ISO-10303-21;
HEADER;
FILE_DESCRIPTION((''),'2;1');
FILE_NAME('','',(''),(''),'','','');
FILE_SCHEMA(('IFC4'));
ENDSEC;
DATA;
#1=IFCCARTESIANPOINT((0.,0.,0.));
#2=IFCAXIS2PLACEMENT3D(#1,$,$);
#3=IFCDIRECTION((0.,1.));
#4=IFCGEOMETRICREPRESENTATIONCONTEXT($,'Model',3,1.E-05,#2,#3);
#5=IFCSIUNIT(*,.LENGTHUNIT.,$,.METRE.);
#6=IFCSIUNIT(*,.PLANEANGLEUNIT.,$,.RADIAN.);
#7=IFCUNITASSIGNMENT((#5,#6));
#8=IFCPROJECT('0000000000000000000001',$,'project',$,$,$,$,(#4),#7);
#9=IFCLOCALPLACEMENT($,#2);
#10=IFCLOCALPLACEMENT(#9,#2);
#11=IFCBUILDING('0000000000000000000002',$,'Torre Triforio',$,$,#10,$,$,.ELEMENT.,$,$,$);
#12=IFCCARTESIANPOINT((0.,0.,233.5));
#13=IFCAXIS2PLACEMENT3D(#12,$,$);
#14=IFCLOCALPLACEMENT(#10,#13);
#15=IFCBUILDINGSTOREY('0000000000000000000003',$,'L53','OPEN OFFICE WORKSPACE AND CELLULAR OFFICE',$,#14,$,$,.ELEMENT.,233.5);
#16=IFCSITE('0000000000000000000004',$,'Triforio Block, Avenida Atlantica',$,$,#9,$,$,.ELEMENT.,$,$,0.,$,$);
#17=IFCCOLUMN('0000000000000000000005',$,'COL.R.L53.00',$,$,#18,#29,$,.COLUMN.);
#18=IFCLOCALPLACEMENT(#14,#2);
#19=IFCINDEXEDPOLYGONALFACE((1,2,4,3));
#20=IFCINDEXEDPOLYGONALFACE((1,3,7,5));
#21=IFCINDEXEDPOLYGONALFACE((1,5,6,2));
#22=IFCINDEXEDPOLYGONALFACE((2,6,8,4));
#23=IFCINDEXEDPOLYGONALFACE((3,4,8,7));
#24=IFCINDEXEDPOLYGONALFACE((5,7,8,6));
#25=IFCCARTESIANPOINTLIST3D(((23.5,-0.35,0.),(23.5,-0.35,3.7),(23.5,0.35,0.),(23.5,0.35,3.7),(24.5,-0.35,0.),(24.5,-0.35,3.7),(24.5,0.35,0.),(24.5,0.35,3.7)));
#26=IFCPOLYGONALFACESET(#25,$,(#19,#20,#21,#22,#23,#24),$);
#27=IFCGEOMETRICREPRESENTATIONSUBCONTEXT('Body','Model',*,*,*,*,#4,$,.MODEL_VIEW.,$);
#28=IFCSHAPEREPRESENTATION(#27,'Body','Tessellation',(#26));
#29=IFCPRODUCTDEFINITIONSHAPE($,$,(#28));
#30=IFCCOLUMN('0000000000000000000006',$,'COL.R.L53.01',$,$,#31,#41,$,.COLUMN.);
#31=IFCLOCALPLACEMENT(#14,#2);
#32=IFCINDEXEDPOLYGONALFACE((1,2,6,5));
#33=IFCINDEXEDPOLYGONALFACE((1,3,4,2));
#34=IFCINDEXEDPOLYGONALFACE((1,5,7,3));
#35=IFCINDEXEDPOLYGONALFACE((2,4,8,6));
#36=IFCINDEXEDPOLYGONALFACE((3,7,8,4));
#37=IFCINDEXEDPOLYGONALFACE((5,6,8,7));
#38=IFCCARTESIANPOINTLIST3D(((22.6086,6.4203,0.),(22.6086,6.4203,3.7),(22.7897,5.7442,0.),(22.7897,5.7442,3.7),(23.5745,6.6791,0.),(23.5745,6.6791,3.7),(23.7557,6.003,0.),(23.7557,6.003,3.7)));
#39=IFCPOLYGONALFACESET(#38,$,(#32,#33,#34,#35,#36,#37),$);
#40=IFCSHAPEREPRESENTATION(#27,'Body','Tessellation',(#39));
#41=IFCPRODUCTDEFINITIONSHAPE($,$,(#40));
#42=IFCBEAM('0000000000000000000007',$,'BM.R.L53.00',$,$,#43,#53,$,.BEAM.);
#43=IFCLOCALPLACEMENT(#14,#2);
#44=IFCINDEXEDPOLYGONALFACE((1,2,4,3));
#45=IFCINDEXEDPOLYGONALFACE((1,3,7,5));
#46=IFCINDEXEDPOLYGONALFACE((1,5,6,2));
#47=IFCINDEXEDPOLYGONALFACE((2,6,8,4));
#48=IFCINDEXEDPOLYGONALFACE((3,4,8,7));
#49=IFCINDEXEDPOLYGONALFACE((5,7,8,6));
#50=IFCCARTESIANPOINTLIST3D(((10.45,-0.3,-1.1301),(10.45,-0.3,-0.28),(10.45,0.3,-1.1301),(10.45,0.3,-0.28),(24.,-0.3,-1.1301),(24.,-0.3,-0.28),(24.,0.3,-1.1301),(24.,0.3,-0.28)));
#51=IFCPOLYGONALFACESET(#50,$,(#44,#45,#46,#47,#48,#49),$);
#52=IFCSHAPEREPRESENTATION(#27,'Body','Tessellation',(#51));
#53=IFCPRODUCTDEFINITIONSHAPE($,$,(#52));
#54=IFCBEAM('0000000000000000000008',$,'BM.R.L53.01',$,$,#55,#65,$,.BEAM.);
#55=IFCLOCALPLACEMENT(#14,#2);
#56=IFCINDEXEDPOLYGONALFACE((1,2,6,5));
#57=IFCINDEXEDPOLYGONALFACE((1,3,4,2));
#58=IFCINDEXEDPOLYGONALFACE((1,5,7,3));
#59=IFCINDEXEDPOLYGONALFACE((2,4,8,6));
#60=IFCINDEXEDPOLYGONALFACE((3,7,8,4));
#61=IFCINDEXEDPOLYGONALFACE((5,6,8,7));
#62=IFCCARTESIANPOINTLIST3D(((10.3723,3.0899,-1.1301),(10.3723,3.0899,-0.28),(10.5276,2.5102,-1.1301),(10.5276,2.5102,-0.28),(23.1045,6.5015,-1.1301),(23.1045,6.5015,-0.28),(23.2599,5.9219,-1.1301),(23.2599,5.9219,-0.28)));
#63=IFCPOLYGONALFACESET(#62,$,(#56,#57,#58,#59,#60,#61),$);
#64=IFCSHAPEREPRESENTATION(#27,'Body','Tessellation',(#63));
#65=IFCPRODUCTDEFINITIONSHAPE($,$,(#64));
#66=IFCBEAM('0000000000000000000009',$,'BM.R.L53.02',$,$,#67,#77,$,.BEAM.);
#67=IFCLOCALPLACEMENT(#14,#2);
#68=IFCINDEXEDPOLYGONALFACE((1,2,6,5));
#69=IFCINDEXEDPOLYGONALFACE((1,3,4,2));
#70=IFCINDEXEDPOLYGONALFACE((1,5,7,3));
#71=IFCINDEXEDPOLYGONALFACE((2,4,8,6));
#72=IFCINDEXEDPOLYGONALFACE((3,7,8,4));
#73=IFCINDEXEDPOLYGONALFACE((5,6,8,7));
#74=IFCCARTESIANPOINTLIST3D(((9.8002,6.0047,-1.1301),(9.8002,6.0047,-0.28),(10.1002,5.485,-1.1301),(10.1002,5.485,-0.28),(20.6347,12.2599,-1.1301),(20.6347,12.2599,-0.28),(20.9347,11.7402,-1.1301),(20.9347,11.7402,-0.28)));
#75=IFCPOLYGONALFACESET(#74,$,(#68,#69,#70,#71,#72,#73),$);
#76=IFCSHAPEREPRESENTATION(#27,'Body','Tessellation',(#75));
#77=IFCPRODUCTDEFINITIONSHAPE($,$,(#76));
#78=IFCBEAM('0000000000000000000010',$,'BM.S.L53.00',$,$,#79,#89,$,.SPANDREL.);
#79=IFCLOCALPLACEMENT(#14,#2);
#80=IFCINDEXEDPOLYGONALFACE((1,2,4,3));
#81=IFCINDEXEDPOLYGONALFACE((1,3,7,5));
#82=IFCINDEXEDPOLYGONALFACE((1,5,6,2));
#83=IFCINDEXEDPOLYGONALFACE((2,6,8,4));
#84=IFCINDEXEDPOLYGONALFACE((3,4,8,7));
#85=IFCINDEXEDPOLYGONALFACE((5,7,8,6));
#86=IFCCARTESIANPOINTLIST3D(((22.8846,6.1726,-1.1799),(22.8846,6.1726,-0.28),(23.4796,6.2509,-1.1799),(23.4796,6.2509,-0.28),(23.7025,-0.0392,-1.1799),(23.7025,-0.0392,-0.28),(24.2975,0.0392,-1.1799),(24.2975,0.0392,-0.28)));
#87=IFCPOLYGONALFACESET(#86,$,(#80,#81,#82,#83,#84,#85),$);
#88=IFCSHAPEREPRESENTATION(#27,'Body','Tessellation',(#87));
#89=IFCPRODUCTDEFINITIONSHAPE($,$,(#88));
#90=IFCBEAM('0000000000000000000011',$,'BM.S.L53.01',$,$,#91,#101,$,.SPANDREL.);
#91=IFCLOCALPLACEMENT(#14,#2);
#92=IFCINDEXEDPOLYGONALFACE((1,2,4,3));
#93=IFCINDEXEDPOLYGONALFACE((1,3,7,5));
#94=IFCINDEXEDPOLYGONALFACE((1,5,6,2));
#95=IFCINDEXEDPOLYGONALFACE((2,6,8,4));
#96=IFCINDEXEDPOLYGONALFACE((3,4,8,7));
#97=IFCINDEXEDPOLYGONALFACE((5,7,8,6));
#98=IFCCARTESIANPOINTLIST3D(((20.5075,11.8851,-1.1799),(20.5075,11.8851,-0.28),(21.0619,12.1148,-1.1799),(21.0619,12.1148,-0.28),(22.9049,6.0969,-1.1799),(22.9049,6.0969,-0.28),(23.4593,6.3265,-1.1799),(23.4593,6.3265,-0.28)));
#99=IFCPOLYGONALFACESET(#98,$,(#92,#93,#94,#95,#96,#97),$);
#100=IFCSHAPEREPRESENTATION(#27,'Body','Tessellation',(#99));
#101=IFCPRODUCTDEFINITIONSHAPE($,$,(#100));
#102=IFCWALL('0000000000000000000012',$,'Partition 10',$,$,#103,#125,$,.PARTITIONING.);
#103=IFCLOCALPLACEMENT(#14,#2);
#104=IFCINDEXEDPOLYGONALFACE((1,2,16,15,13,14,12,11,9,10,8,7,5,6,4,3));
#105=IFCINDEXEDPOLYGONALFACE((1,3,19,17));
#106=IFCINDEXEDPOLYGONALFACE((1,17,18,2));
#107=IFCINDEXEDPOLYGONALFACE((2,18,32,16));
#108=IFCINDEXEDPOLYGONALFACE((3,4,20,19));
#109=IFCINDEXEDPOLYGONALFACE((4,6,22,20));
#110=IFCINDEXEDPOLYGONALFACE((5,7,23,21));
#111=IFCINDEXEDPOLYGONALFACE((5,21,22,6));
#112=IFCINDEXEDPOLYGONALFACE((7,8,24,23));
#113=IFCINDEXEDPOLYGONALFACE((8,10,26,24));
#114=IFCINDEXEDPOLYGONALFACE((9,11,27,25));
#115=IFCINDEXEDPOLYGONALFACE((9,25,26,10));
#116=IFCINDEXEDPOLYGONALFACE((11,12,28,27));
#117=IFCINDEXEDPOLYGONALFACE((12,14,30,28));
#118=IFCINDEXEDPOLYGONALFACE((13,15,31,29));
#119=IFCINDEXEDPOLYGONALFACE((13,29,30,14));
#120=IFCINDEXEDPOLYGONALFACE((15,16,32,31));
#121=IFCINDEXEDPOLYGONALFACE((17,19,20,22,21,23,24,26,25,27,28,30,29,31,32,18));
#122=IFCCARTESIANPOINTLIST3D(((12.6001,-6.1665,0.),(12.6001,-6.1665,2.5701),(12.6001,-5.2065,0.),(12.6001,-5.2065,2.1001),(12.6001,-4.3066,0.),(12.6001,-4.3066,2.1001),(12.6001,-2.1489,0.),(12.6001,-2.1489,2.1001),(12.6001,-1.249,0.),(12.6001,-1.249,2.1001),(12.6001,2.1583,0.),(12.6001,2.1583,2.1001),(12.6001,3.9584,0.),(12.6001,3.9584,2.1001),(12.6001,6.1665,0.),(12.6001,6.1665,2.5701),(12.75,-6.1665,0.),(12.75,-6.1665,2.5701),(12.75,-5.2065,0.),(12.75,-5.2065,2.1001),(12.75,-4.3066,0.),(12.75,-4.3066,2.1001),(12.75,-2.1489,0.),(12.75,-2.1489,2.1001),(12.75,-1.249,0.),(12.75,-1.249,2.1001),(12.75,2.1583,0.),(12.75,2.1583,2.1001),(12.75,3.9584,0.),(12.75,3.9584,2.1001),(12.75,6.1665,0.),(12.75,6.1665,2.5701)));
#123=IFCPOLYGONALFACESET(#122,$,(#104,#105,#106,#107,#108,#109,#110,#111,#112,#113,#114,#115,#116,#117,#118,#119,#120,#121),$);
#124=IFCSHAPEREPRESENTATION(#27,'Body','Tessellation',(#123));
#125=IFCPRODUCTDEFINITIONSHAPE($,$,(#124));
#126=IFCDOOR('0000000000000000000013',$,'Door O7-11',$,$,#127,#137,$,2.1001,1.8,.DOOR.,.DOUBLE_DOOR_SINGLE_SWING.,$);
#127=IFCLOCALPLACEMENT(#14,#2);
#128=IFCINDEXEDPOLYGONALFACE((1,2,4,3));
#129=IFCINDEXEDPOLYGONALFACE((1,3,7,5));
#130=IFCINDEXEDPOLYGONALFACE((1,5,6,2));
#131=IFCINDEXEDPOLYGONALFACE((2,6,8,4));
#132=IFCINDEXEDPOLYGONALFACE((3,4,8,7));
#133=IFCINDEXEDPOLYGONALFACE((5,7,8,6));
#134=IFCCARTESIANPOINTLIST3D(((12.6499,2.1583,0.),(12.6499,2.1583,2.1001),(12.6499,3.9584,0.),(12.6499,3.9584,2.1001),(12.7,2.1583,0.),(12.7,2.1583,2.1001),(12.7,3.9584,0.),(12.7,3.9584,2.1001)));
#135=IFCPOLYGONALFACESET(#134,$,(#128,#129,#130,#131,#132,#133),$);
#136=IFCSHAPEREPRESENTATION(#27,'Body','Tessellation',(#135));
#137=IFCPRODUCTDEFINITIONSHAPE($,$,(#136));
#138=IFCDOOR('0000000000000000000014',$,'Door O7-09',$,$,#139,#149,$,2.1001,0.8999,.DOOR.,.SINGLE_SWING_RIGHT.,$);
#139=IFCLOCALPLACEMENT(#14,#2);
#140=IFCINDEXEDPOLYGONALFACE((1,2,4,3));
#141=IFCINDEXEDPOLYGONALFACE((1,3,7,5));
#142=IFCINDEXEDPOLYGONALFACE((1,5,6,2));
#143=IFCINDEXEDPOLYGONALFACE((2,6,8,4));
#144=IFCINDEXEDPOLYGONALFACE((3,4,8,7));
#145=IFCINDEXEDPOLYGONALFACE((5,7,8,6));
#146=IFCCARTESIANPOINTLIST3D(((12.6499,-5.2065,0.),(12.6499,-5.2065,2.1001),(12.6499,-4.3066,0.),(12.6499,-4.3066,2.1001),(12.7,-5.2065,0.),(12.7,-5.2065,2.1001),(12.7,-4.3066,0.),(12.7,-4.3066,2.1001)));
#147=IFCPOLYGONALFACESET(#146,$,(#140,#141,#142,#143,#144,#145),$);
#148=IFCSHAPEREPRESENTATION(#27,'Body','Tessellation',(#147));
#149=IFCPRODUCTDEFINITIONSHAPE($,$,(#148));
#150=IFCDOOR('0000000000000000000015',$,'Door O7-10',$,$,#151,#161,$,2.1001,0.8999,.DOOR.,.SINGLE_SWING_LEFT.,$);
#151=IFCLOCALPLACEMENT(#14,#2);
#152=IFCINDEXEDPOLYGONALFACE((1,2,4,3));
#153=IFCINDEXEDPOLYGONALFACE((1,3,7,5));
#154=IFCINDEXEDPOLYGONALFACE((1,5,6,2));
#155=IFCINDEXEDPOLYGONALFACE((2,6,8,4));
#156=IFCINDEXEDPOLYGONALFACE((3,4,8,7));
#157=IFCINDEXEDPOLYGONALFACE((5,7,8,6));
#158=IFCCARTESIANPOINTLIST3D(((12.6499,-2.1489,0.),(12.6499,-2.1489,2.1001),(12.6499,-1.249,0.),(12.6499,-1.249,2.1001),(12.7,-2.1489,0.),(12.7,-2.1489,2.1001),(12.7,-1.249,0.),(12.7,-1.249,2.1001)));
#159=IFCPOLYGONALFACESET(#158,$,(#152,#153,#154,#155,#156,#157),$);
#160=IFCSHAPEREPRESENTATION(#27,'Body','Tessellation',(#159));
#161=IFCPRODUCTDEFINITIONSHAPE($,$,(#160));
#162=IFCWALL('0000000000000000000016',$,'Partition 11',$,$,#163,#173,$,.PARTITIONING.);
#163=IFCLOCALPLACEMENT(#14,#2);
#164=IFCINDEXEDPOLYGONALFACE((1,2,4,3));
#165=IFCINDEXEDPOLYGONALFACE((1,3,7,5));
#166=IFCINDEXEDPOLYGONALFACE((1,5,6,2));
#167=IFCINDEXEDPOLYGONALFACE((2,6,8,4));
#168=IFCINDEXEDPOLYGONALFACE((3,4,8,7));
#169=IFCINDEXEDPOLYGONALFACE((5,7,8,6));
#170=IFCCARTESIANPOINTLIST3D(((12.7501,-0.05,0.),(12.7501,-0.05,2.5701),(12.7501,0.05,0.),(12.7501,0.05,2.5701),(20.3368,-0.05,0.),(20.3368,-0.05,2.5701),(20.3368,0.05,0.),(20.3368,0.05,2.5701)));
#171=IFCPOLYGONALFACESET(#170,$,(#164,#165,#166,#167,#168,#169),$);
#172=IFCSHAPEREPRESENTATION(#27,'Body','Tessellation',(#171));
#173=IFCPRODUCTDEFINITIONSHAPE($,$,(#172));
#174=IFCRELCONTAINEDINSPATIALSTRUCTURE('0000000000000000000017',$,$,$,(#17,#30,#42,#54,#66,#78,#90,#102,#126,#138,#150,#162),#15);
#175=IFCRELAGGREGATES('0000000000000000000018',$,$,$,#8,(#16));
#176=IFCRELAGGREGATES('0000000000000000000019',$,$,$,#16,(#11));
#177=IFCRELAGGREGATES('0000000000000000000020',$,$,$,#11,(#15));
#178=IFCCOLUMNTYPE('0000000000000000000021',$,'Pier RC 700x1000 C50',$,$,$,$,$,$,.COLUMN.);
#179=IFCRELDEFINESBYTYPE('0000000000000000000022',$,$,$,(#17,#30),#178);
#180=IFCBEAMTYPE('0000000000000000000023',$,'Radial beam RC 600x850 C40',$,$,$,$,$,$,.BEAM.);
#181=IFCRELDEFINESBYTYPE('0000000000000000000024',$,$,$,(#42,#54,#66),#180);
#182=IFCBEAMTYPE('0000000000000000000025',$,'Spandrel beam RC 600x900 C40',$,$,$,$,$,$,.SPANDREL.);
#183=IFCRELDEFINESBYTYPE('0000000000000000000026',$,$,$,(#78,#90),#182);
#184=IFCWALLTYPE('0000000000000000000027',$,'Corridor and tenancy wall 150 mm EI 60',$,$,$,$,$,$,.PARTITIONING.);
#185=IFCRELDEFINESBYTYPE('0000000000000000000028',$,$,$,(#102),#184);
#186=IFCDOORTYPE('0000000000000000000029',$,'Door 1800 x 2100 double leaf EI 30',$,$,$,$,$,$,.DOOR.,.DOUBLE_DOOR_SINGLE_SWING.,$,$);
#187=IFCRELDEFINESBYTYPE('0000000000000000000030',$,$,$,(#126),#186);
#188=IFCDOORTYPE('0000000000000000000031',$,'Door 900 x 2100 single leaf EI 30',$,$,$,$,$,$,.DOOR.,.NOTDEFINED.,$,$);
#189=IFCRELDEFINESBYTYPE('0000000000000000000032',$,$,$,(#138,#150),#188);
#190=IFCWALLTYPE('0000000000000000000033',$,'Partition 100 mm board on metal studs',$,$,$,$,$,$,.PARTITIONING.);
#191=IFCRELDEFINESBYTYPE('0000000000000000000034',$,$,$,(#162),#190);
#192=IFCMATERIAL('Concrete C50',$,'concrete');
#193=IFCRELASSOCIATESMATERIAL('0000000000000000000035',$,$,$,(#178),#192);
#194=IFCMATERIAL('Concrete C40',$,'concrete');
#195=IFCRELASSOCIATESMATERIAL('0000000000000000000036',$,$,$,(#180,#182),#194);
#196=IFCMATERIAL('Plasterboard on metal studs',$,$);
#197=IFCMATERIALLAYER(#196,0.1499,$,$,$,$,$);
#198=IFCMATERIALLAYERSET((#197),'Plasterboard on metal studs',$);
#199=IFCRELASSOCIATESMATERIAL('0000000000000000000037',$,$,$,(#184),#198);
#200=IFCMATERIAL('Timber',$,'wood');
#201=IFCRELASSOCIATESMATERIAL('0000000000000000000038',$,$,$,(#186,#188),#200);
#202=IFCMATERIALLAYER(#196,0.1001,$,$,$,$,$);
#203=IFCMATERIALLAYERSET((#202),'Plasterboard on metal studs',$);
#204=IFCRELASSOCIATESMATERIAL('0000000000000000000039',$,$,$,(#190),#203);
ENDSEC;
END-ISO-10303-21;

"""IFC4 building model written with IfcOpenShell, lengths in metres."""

from ifc_helpers import new_model, si_unit, direction, frame, frame_2d, origin, origin_2d, place, context, subcontext, project, spatial, rectangle, extrude, material, layer, layer_set, material_profile, profile_set, type_object, element, fill, save


model = new_model("IFC4")

# Units and contexts
model_context = context("Model", 3, precision=1e-05, world=origin(), true_north=direction((0.0, 1.0)))
body_context = subcontext(model_context, "Body", "Model", "MODEL_VIEW")
ifc_project = project(units=[si_unit("LENGTHUNIT", "METRE"), si_unit("PLANEANGLEUNIT", "RADIAN")], contexts=[model_context])

# Site, building, storey
site_placement = place(None, origin())
site = spatial("IfcSite", under=ifc_project, at=site_placement, Name="Triforio Block, Avenida Atlantica", CompositionType="ELEMENT", RefElevation=0.0)
building_placement = place(site_placement, origin())
building = spatial("IfcBuilding", under=site, at=building_placement, Name="Torre Triforio", CompositionType="ELEMENT")
storey_placement = place(building_placement, frame((0.0, 0.0, 233.5)))
storey = spatial("IfcBuildingStorey", under=building, at=storey_placement, Name="L53", Description="OPEN OFFICE WORKSPACE AND CELLULAR OFFICE", CompositionType="ELEMENT", Elevation=233.5)

# Columns
ifc_material_1 = material(Name="Concrete C50", Category="concrete")
ifc_material_profile_1 = material_profile(ifc_material_1, rectangle(XDim=0.7, YDim=1.0, at=origin_2d()), Name="RC 700x1000")
ifc_profile_set_1 = profile_set([ifc_material_profile_1], Name="Concrete C50")
column_type = type_object("IfcColumnType", Name="Pier RC 700x1000 C50", PredefinedType="COLUMN", material=ifc_profile_set_1)
for number, where, z_axis, x_axis, name in (
    (1, (24.0, 0.0, 0.0), (0.0, 0.0, 1.0), (0.0, 1.0, 0.0), "COL.R.L53.00"),
    (2, (23.1821, 6.2117, 0.0), (0.0, 0.0, 1.0), (-0.258819, 0.965926, 0.0), "COL.R.L53.01"),
):
    element("IfcColumn", number, at=place(storey_placement, frame(where, z_axis=z_axis, x_axis=x_axis)), inside=storey, type_object=column_type, Name=name, PredefinedType="COLUMN", context=body_context, shape_type="SweptSolid", body=[
        extrude(rectangle(XDim=0.7, YDim=1.0, at=origin_2d()), origin(), (0.0, 0.0, 1.0), 3.7),
    ])

# Beams
ifc_material_2 = material(Name="Concrete C40", Category="concrete")
ifc_material_profile_2 = material_profile(ifc_material_2, rectangle(XDim=0.6001, YDim=0.8501, at=origin_2d()), Name="RC 600x850")
ifc_profile_set_2 = profile_set([ifc_material_profile_2], Name="Concrete C40")
beam_type_1 = type_object("IfcBeamType", Name="Radial beam RC 600x850 C40", PredefinedType="BEAM", material=ifc_profile_set_2)
beam_1_placement = place(storey_placement, frame((10.45, 0.0, -0.7051), z_axis=(1.0, 0.0, 0.0), x_axis=(0.0, 1.0, 0.0)))
element("IfcBeam", 3, at=beam_1_placement, inside=storey, type_object=beam_type_1, Name="BM.R.L53.00", PredefinedType="BEAM", context=body_context, shape_type="SweptSolid", body=[
    extrude(rectangle(XDim=0.6001, YDim=0.8501, at=origin_2d()), origin(), (0.0, 0.0, 1.0), 13.55),
])
beam_2_placement = place(storey_placement, frame((10.45, 2.8, -0.7051), z_axis=(0.965925, 0.258822, 0.0), x_axis=(-0.258822, 0.965925, 0.0)))
element("IfcBeam", 4, at=beam_2_placement, inside=storey, type_object=beam_type_1, Name="BM.R.L53.01", PredefinedType="BEAM", context=body_context, shape_type="SweptSolid", body=[
    extrude(rectangle(XDim=0.6001, YDim=0.8501, at=origin_2d()), origin(), (0.0, 0.0, 1.0), 13.1814),
])
beam_3_placement = place(storey_placement, frame((9.9502, 5.7449, -0.7051), z_axis=(0.866031, 0.49999, 0.0), x_axis=(-0.49999, 0.866031, 0.0)))
element("IfcBeam", 5, at=beam_3_placement, inside=storey, type_object=beam_type_1, Name="BM.R.L53.02", PredefinedType="BEAM", context=body_context, shape_type="SweptSolid", body=[
    extrude(rectangle(XDim=0.6001, YDim=0.8501, at=origin_2d()), origin(), (0.0, 0.0, 1.0), 12.5105),
])
ifc_material_profile_3 = material_profile(ifc_material_2, rectangle(XDim=0.6001, YDim=0.8999, at=origin_2d()), Name="RC 600x900")
ifc_profile_set_3 = profile_set([ifc_material_profile_3], Name="Concrete C40")
beam_type_2 = type_object("IfcBeamType", Name="Spandrel beam RC 600x900 C40", PredefinedType="SPANDREL", material=ifc_profile_set_3)
beam_4_placement = place(storey_placement, frame((24.0, 0.0, -0.73), z_axis=(-0.13054, 0.991443, 0.0), x_axis=(-0.991443, -0.13054, 0.0)))
element("IfcBeam", 6, at=beam_4_placement, inside=storey, type_object=beam_type_2, Name="BM.S.L53.00", PredefinedType="SPANDREL", context=body_context, shape_type="SweptSolid", body=[
    extrude(rectangle(XDim=0.6001, YDim=0.8999, at=origin_2d()), origin(), (0.0, 0.0, 1.0), 6.2654),
])
beam_5_placement = place(storey_placement, frame((23.1821, 6.2117, -0.73), z_axis=(-0.382664, 0.923888, 0.0), x_axis=(-0.923888, -0.382664, 0.0)))
element("IfcBeam", 7, at=beam_5_placement, inside=storey, type_object=beam_type_2, Name="BM.S.L53.01", PredefinedType="SPANDREL", context=body_context, shape_type="SweptSolid", body=[
    extrude(rectangle(XDim=0.6001, YDim=0.8999, at=origin_2d()), origin(), (0.0, 0.0, 1.0), 6.2651),
])

# Wall, openings, doors
ifc_material_3 = material(Name="Plasterboard on metal studs")
ifc_layer_1 = layer(ifc_material_3, 0.1499)
ifc_layer_set_1 = layer_set([ifc_layer_1], Name="Plasterboard on metal studs")
wall_type_1 = type_object("IfcWallType", Name="Corridor and tenancy wall 150 mm EI 60", PredefinedType="PARTITIONING", material=ifc_layer_set_1)
wall_1_placement = place(storey_placement, frame((12.675, 6.1665, 0.0), z_axis=(0.0, 0.0, 1.0), x_axis=(0.0, -1.0, 0.0)))
wall_1 = element("IfcWall", 8, at=wall_1_placement, inside=storey, type_object=wall_type_1, Name="Partition 10", PredefinedType="PARTITIONING", context=body_context, shape_type="SweptSolid", body=[
    extrude(rectangle(XDim=12.333, YDim=0.1499, at=frame_2d((6.1665, 0.0))), origin(), (0.0, 0.0, 1.0), 2.5701),
])
opening_1_placement = place(wall_1_placement, frame((10.4731, 0.0, 0.0)))
opening_1 = element("IfcOpeningElement", 9, at=opening_1_placement, cuts=wall_1, PredefinedType="OPENING", context=body_context, shape_type="SweptSolid", body=[
    extrude(rectangle(XDim=0.8999, YDim=2.1001, at=frame_2d((0.45, 1.05))), frame((0.0, 0.085, 0.0), z_axis=(0.0, -1.0, 0.0), x_axis=(1.0, 0.0, 0.0)), (0.0, 0.0, 1.0), 0.1699),
])
opening_2_placement = place(wall_1_placement, frame((7.4155, 0.0, 0.0)))
opening_2 = element("IfcOpeningElement", 10, at=opening_2_placement, cuts=wall_1, PredefinedType="OPENING", context=body_context, shape_type="SweptSolid", body=[
    extrude(rectangle(XDim=0.8999, YDim=2.1001, at=frame_2d((0.45, 1.05))), frame((0.0, 0.085, 0.0), z_axis=(0.0, -1.0, 0.0), x_axis=(1.0, 0.0, 0.0)), (0.0, 0.0, 1.0), 0.1699),
])
opening_3_placement = place(wall_1_placement, frame((2.2083, 0.0, 0.0)))
opening_3 = element("IfcOpeningElement", 11, at=opening_3_placement, cuts=wall_1, PredefinedType="OPENING", context=body_context, shape_type="SweptSolid", body=[
    extrude(rectangle(XDim=1.8, YDim=2.1001, at=frame_2d((0.8999, 1.05))), frame((0.0, 0.085, 0.0), z_axis=(0.0, -1.0, 0.0), x_axis=(1.0, 0.0, 0.0)), (0.0, 0.0, 1.0), 0.1699),
])
ifc_material_4 = material(Name="Timber", Category="wood")
door_type_1 = type_object("IfcDoorType", Name="Door 1800 x 2100 double leaf EI 30", OperationType="DOUBLE_DOOR_SINGLE_SWING", PredefinedType="DOOR", material=ifc_material_4)
door_1_placement = place(opening_3_placement, origin())
door_1 = element("IfcDoor", 12, at=door_1_placement, inside=storey, type_object=door_type_1, Name="Door O7-11", OperationType="DOUBLE_DOOR_SINGLE_SWING", OverallHeight=2.1001, OverallWidth=1.8, PredefinedType="DOOR", context=body_context, shape_type="SweptSolid", body=[
    extrude(rectangle(XDim=1.8, YDim=2.1001, at=frame_2d((0.8999, 1.05))), frame((0.0, 0.0249, 0.0), z_axis=(0.0, -1.0, 0.0), x_axis=(1.0, 0.0, 0.0)), (0.0, 0.0, 1.0), 0.05),
])
fill(opening_3, door_1)
door_type_2 = type_object("IfcDoorType", Name="Door 900 x 2100 single leaf EI 30", OperationType="NOTDEFINED", PredefinedType="DOOR", material=ifc_material_4)
door_2_placement = place(opening_1_placement, origin())
door_2 = element("IfcDoor", 13, at=door_2_placement, inside=storey, type_object=door_type_2, Name="Door O7-09", OperationType="SINGLE_SWING_RIGHT", OverallHeight=2.1001, OverallWidth=0.8999, PredefinedType="DOOR", context=body_context, shape_type="SweptSolid", body=[
    extrude(rectangle(XDim=0.8999, YDim=2.1001, at=frame_2d((0.45, 1.05))), frame((0.0, 0.0249, 0.0), z_axis=(0.0, -1.0, 0.0), x_axis=(1.0, 0.0, 0.0)), (0.0, 0.0, 1.0), 0.05),
])
fill(opening_1, door_2)
door_3_placement = place(opening_2_placement, origin())
door_3 = element("IfcDoor", 14, at=door_3_placement, inside=storey, type_object=door_type_2, Name="Door O7-10", OperationType="SINGLE_SWING_LEFT", OverallHeight=2.1001, OverallWidth=0.8999, PredefinedType="DOOR", context=body_context, shape_type="SweptSolid", body=[
    extrude(rectangle(XDim=0.8999, YDim=2.1001, at=frame_2d((0.45, 1.05))), frame((0.0, 0.0249, 0.0), z_axis=(0.0, -1.0, 0.0), x_axis=(1.0, 0.0, 0.0)), (0.0, 0.0, 1.0), 0.05),
])
fill(opening_2, door_3)

# Wall
ifc_layer_2 = layer(ifc_material_3, 0.1001)
ifc_layer_set_2 = layer_set([ifc_layer_2], Name="Plasterboard on metal studs")
wall_type_2 = type_object("IfcWallType", Name="Partition 100 mm board on metal studs", PredefinedType="PARTITIONING", material=ifc_layer_set_2)
wall_2_placement = place(storey_placement, frame((12.75, 0.0, 0.0), z_axis=(0.0, 0.0, 1.0), x_axis=(1.0, 0.0, 0.0)))
element("IfcWall", 15, at=wall_2_placement, inside=storey, type_object=wall_type_2, Name="Partition 11", PredefinedType="PARTITIONING", context=body_context, shape_type="SweptSolid", body=[
    extrude(rectangle(XDim=7.5867, YDim=0.1001, at=frame_2d((3.7935, 0.0))), origin(), (0.0, 0.0, 1.0), 2.5701),
])

save(model, "model.ifc")
